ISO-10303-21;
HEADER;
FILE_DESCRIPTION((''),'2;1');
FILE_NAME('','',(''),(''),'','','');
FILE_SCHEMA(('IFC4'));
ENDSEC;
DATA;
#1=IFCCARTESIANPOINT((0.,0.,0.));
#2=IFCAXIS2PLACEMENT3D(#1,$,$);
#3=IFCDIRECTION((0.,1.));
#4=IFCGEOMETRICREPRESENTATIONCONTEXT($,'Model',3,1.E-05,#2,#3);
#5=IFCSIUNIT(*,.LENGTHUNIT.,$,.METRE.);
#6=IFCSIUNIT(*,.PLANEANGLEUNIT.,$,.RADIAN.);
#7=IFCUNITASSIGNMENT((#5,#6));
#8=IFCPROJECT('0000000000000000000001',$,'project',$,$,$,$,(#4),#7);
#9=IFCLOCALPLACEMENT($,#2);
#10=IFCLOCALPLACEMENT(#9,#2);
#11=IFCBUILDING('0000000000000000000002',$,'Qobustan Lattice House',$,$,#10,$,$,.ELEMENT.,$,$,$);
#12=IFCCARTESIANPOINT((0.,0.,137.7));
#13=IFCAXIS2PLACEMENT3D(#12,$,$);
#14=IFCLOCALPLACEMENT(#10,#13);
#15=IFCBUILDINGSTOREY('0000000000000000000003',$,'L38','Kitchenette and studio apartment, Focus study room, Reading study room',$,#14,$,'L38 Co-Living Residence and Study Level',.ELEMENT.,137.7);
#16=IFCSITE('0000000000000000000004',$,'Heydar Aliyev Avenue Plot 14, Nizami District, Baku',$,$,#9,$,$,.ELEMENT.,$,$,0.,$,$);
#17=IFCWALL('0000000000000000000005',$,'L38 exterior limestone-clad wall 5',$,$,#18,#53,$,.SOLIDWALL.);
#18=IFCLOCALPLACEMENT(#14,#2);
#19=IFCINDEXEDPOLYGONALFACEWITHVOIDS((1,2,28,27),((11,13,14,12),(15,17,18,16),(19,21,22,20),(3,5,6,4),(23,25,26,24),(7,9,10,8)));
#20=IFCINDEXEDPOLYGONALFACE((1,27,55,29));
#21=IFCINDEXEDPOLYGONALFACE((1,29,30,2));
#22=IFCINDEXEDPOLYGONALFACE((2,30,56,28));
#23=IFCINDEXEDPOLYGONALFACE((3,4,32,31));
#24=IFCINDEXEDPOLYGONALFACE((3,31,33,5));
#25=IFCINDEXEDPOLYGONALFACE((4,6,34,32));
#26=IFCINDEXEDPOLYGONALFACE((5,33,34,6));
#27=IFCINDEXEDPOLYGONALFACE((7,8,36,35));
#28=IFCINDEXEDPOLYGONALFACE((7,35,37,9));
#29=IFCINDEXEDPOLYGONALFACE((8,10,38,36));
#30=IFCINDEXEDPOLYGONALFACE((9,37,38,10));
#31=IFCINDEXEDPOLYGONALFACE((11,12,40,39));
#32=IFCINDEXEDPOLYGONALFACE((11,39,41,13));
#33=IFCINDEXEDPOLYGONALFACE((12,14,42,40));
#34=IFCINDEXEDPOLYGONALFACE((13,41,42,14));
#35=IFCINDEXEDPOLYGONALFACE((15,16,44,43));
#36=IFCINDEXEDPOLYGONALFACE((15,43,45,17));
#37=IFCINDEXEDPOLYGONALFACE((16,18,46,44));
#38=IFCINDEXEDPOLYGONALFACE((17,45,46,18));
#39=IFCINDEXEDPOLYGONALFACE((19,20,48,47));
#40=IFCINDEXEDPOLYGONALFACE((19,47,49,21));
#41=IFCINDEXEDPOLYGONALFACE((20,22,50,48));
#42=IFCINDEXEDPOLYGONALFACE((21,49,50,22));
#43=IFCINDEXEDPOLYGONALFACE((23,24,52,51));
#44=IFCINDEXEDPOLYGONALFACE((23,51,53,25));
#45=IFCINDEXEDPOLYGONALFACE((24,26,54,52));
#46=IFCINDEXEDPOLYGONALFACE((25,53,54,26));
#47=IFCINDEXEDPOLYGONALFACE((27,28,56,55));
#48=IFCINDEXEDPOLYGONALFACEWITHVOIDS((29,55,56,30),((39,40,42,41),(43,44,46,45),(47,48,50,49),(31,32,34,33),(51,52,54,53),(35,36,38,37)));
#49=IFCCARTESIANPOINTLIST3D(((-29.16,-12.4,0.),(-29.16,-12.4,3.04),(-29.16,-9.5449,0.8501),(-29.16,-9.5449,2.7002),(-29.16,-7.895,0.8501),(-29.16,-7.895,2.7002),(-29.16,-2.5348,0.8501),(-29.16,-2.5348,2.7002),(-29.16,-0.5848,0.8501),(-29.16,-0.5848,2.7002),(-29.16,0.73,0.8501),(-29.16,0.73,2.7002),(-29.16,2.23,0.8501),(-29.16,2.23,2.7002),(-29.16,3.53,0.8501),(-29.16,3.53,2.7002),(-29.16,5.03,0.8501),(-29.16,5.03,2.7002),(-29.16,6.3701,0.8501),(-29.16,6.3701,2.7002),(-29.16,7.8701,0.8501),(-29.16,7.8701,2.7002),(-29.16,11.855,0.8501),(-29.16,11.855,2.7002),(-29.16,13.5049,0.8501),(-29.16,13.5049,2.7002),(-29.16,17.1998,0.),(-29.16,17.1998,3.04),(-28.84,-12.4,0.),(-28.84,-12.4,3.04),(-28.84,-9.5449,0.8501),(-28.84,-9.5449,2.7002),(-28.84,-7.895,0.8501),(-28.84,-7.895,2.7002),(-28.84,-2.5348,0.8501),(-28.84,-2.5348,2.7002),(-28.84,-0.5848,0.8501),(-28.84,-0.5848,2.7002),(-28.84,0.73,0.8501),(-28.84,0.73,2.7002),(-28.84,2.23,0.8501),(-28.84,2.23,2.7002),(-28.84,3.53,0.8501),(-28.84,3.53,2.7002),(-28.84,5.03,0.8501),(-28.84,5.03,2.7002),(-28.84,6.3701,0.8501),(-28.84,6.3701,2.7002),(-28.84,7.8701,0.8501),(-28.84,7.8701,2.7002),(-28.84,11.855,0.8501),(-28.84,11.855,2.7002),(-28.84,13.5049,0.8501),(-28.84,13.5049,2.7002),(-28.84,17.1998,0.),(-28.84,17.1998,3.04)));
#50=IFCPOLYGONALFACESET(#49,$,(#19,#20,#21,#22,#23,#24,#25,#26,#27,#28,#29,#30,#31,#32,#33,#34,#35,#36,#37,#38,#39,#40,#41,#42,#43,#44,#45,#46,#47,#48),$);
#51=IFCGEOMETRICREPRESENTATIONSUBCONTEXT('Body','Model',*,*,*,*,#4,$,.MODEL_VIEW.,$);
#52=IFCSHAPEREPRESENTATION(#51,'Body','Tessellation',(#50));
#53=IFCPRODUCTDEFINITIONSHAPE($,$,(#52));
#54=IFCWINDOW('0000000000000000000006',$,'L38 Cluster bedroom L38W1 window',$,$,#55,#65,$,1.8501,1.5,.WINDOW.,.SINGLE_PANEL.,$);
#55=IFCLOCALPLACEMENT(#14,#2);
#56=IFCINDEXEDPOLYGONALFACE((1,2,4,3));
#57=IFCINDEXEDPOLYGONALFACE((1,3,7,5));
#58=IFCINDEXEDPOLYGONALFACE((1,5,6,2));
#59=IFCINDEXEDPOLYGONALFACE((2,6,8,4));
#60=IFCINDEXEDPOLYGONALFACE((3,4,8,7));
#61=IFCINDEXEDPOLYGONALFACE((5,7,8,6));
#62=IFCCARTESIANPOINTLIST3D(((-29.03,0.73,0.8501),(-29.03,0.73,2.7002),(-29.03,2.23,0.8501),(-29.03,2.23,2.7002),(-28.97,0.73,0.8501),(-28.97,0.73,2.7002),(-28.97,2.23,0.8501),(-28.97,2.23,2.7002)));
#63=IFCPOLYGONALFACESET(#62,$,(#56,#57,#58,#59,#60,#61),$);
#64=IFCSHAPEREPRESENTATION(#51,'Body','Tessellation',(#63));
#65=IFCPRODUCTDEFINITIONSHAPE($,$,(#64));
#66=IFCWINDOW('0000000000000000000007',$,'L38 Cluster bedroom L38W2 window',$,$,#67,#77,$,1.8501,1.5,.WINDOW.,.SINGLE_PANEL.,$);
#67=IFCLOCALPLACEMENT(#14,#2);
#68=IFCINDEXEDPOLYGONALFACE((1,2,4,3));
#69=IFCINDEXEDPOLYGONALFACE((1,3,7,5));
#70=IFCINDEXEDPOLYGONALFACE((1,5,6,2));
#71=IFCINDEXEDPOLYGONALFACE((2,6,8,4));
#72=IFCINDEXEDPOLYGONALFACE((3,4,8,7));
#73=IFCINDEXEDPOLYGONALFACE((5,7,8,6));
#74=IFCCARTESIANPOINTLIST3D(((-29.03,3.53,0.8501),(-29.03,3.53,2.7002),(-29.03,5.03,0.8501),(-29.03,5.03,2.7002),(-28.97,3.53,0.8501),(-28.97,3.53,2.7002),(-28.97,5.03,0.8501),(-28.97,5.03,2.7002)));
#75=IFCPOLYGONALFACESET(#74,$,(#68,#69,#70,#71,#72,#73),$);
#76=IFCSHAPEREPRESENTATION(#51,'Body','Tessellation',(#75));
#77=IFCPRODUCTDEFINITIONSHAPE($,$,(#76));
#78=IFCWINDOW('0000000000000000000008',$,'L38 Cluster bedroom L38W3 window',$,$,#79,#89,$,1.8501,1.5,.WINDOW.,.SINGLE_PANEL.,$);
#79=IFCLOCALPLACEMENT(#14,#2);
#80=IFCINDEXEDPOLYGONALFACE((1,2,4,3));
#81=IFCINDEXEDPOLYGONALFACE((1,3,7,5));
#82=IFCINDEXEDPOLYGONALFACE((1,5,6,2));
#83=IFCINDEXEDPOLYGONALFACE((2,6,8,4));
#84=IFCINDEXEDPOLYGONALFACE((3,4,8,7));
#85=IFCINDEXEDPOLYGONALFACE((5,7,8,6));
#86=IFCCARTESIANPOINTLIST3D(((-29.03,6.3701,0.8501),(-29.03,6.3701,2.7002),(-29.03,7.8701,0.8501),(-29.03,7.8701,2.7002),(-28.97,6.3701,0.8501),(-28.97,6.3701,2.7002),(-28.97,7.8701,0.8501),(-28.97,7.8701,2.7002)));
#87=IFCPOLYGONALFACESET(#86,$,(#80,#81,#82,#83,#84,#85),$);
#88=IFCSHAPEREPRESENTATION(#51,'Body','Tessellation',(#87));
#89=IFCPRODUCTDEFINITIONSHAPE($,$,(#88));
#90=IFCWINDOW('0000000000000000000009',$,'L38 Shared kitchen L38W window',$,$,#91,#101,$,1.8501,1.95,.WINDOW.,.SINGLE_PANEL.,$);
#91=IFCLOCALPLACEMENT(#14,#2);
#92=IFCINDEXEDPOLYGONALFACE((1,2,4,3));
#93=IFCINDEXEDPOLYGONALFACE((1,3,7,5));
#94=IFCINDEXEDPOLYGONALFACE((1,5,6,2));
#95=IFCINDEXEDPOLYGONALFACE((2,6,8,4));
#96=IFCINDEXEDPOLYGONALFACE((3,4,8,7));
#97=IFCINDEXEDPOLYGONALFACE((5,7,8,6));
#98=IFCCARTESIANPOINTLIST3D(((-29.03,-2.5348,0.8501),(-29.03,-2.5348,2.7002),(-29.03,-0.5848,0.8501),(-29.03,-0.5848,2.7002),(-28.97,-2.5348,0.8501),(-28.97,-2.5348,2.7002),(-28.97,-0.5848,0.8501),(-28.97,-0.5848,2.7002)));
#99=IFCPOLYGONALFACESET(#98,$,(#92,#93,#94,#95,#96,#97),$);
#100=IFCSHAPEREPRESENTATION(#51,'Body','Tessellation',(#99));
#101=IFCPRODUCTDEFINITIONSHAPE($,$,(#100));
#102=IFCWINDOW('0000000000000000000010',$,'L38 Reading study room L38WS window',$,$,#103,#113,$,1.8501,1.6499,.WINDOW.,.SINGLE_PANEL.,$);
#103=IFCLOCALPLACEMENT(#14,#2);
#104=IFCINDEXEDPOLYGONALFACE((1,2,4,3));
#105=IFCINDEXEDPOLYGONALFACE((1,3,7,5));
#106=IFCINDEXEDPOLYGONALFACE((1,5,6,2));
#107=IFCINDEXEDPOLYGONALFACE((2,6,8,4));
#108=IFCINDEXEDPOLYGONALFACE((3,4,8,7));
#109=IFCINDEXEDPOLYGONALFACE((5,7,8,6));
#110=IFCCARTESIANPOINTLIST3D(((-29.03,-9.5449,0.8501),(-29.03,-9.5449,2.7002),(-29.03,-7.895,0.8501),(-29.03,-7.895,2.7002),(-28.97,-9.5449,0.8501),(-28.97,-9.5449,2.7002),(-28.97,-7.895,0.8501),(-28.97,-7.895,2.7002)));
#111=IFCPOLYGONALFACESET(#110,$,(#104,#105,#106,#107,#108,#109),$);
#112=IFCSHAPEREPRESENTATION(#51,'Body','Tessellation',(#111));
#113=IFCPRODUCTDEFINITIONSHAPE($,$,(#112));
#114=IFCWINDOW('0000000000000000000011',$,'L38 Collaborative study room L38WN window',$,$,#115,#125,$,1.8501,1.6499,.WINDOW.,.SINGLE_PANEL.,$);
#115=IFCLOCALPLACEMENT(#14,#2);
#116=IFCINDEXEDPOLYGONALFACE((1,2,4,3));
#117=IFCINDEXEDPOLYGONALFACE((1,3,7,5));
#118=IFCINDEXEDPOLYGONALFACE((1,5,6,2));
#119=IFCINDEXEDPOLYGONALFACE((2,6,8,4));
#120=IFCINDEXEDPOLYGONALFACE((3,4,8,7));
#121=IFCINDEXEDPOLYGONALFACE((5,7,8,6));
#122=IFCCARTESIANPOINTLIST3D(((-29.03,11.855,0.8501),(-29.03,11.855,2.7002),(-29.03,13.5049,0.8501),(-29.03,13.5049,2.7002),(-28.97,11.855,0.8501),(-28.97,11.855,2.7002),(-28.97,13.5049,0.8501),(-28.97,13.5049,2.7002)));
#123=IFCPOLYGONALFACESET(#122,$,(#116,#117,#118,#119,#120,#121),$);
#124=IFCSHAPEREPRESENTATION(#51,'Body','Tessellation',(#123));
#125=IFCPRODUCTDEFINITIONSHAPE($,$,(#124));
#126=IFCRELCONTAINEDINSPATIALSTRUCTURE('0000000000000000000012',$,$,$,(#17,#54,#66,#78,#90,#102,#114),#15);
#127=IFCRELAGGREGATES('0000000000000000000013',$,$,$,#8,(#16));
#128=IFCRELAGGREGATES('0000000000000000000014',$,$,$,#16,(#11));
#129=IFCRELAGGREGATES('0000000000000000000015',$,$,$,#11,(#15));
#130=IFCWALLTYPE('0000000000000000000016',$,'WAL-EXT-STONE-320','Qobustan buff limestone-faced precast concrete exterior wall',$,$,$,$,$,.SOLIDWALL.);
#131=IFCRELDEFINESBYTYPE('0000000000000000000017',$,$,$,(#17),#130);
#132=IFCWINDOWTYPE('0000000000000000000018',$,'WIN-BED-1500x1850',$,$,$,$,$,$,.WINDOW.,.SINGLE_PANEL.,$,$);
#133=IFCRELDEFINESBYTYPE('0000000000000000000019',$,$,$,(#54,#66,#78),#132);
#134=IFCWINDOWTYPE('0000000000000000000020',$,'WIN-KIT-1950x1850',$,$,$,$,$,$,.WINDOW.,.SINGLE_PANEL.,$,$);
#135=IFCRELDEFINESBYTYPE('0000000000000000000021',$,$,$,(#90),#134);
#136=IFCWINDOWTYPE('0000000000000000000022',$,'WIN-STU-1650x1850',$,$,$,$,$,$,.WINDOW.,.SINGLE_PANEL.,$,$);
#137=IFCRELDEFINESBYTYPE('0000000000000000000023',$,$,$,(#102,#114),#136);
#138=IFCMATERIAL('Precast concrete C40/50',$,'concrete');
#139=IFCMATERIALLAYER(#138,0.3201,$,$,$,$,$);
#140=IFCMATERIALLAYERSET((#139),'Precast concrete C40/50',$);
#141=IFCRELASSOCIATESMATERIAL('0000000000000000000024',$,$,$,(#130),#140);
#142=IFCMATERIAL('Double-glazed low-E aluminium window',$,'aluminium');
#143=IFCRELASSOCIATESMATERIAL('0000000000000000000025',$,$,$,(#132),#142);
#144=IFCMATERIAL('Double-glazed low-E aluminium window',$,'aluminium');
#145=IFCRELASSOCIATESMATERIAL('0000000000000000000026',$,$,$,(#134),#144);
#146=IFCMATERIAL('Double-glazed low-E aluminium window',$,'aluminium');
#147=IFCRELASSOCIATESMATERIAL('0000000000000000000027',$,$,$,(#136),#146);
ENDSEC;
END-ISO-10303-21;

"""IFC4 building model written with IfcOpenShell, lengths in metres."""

from ifc_helpers import new_model, si_unit, direction, frame, frame_2d, origin, place, context, subcontext, project, spatial, rectangle, extrude, material, layer, layer_set, type_object, element, fill, save


model = new_model("IFC4")

# Units and contexts
model_context = context("Model", 3, precision=1e-05, world=origin(), true_north=direction((0.0, 1.0)))
body_context = subcontext(model_context, "Body", "Model", "MODEL_VIEW")
ifc_project = project(units=[si_unit("LENGTHUNIT", "METRE"), si_unit("PLANEANGLEUNIT", "RADIAN")], contexts=[model_context])

# Site, building, storey
site_placement = place(None, origin())
site = spatial("IfcSite", under=ifc_project, at=site_placement, Name="Heydar Aliyev Avenue Plot 14, Nizami District, Baku", CompositionType="ELEMENT", RefElevation=0.0)
building_placement = place(site_placement, origin())
building = spatial("IfcBuilding", under=site, at=building_placement, Name="Qobustan Lattice House", CompositionType="ELEMENT")
storey_placement = place(building_placement, frame((0.0, 0.0, 137.7)))
storey = spatial("IfcBuildingStorey", under=building, at=storey_placement, Name="L38", Description="Kitchenette and studio apartment, Focus study room, Reading study room", LongName="L38 Co-Living Residence and Study Level", CompositionType="ELEMENT", Elevation=137.7)

# Shared definitions
ifc_material_1 = material(Name="Precast concrete C40/50", Category="concrete")
ifc_layer_1 = layer(ifc_material_1, 0.3201)
ifc_layer_set_1 = layer_set([ifc_layer_1], Name="Precast concrete C40/50")
wall_type = type_object("IfcWallType", Name="WAL-EXT-STONE-320", Description="Qobustan buff limestone-faced precast concrete exterior wall", PredefinedType="SOLIDWALL", material=ifc_layer_set_1)

# Wall, openings, windows
wall_1_placement = place(storey_placement, frame((-29.0, -12.3999, 0.0), z_axis=(0.0, 0.0, 1.0), x_axis=(0.0, 1.0, 0.0)))
wall_1 = element("IfcWall", 1, at=wall_1_placement, inside=storey, type_object=wall_type, Name="L38 exterior limestone-clad wall 5", PredefinedType="SOLIDWALL", context=body_context, shape_type="SweptSolid", body=[
    extrude(rectangle(XDim=29.5999, YDim=0.3201, at=frame_2d((14.7998, 0.0))), origin(), (0.0, 0.0, 1.0), 3.04),
])
opening_1_placement = place(wall_1_placement, frame((2.855, 0.0, 0.8501)))
opening_1 = element("IfcOpeningElement", 2, at=opening_1_placement, cuts=wall_1, PredefinedType="OPENING", context=body_context, shape_type="SweptSolid", body=[
    extrude(rectangle(XDim=1.6499, YDim=1.8501, at=frame_2d((0.825, 0.925))), frame((0.0, 0.1699, 0.0), z_axis=(0.0, -1.0, 0.0), x_axis=(1.0, 0.0, 0.0)), (0.0, 0.0, 1.0), 0.3401),
])
opening_2_placement = place(wall_1_placement, frame((9.865, 0.0, 0.8501)))
opening_2 = element("IfcOpeningElement", 3, at=opening_2_placement, cuts=wall_1, PredefinedType="OPENING", context=body_context, shape_type="SweptSolid", body=[
    extrude(rectangle(XDim=1.95, YDim=1.8501, at=frame_2d((0.9751, 0.925))), frame((0.0, 0.1699, 0.0), z_axis=(0.0, -1.0, 0.0), x_axis=(1.0, 0.0, 0.0)), (0.0, 0.0, 1.0), 0.3401),
])
opening_3_placement = place(wall_1_placement, frame((13.1299, 0.0, 0.8501)))
opening_3 = element("IfcOpeningElement", 4, at=opening_3_placement, cuts=wall_1, PredefinedType="OPENING", context=body_context, shape_type="SweptSolid", body=[
    extrude(rectangle(XDim=1.5, YDim=1.8501, at=frame_2d((0.75, 0.925))), frame((0.0, 0.1699, 0.0), z_axis=(0.0, -1.0, 0.0), x_axis=(1.0, 0.0, 0.0)), (0.0, 0.0, 1.0), 0.3401),
])
opening_4_placement = place(wall_1_placement, frame((15.9299, 0.0, 0.8501)))
opening_4 = element("IfcOpeningElement", 5, at=opening_4_placement, cuts=wall_1, PredefinedType="OPENING", context=body_context, shape_type="SweptSolid", body=[
    extrude(rectangle(XDim=1.5, YDim=1.8501, at=frame_2d((0.75, 0.925))), frame((0.0, 0.1699, 0.0), z_axis=(0.0, -1.0, 0.0), x_axis=(1.0, 0.0, 0.0)), (0.0, 0.0, 1.0), 0.3401),
])
opening_5_placement = place(wall_1_placement, frame((18.77, 0.0, 0.8501)))
opening_5 = element("IfcOpeningElement", 6, at=opening_5_placement, cuts=wall_1, PredefinedType="OPENING", context=body_context, shape_type="SweptSolid", body=[
    extrude(rectangle(XDim=1.5, YDim=1.8501, at=frame_2d((0.75, 0.925))), frame((0.0, 0.1699, 0.0), z_axis=(0.0, -1.0, 0.0), x_axis=(1.0, 0.0, 0.0)), (0.0, 0.0, 1.0), 0.3401),
])
opening_6_placement = place(wall_1_placement, frame((24.2549, 0.0, 0.8501)))
opening_6 = element("IfcOpeningElement", 7, at=opening_6_placement, cuts=wall_1, PredefinedType="OPENING", context=body_context, shape_type="SweptSolid", body=[
    extrude(rectangle(XDim=1.6499, YDim=1.8501, at=frame_2d((0.825, 0.925))), frame((0.0, 0.1699, 0.0), z_axis=(0.0, -1.0, 0.0), x_axis=(1.0, 0.0, 0.0)), (0.0, 0.0, 1.0), 0.3401),
])
ifc_material_2 = material(Name="Double-glazed low-E aluminium window", Category="aluminium")
window_type_1 = type_object("IfcWindowType", Name="WIN-BED-1500x1850", PartitioningType="SINGLE_PANEL", PredefinedType="WINDOW", material=ifc_material_2)
window_1_placement = place(opening_3_placement, origin())
window_1 = element("IfcWindow", 8, at=window_1_placement, inside=storey, type_object=window_type_1, Name="L38 Cluster bedroom L38W1 window", OverallHeight=1.8501, OverallWidth=1.5, PartitioningType="SINGLE_PANEL", PredefinedType="WINDOW", context=body_context, shape_type="SweptSolid", body=[
    extrude(rectangle(XDim=1.5, YDim=1.8501, at=frame_2d((0.75, 0.925))), frame((0.0, 0.03, 0.0), z_axis=(0.0, -1.0, 0.0), x_axis=(1.0, 0.0, 0.0)), (0.0, 0.0, 1.0), 0.0601),
])
fill(opening_3, window_1)
window_2_placement = place(opening_4_placement, origin())
window_2 = element("IfcWindow", 9, at=window_2_placement, inside=storey, type_object=window_type_1, Name="L38 Cluster bedroom L38W2 window", OverallHeight=1.8501, OverallWidth=1.5, PartitioningType="SINGLE_PANEL", PredefinedType="WINDOW", context=body_context, shape_type="SweptSolid", body=[
    extrude(rectangle(XDim=1.5, YDim=1.8501, at=frame_2d((0.75, 0.925))), frame((0.0, 0.03, 0.0), z_axis=(0.0, -1.0, 0.0), x_axis=(1.0, 0.0, 0.0)), (0.0, 0.0, 1.0), 0.0601),
])
fill(opening_4, window_2)
window_3_placement = place(opening_5_placement, origin())
window_3 = element("IfcWindow", 10, at=window_3_placement, inside=storey, type_object=window_type_1, Name="L38 Cluster bedroom L38W3 window", OverallHeight=1.8501, OverallWidth=1.5, PartitioningType="SINGLE_PANEL", PredefinedType="WINDOW", context=body_context, shape_type="SweptSolid", body=[
    extrude(rectangle(XDim=1.5, YDim=1.8501, at=frame_2d((0.75, 0.925))), frame((0.0, 0.03, 0.0), z_axis=(0.0, -1.0, 0.0), x_axis=(1.0, 0.0, 0.0)), (0.0, 0.0, 1.0), 0.0601),
])
fill(opening_5, window_3)
ifc_material_3 = material(Name="Double-glazed low-E aluminium window", Category="aluminium")
window_type_2 = type_object("IfcWindowType", Name="WIN-KIT-1950x1850", PartitioningType="SINGLE_PANEL", PredefinedType="WINDOW", material=ifc_material_3)
window_4_placement = place(opening_2_placement, origin())
window_4 = element("IfcWindow", 11, at=window_4_placement, inside=storey, type_object=window_type_2, Name="L38 Shared kitchen L38W window", OverallHeight=1.8501, OverallWidth=1.95, PartitioningType="SINGLE_PANEL", PredefinedType="WINDOW", context=body_context, shape_type="SweptSolid", body=[
    extrude(rectangle(XDim=1.95, YDim=1.8501, at=frame_2d((0.9751, 0.925))), frame((0.0, 0.03, 0.0), z_axis=(0.0, -1.0, 0.0), x_axis=(1.0, 0.0, 0.0)), (0.0, 0.0, 1.0), 0.0601),
])
fill(opening_2, window_4)
ifc_material_4 = material(Name="Double-glazed low-E aluminium window", Category="aluminium")
window_type_3 = type_object("IfcWindowType", Name="WIN-STU-1650x1850", PartitioningType="SINGLE_PANEL", PredefinedType="WINDOW", material=ifc_material_4)
window_5_placement = place(opening_1_placement, origin())
window_5 = element("IfcWindow", 12, at=window_5_placement, inside=storey, type_object=window_type_3, Name="L38 Reading study room L38WS window", OverallHeight=1.8501, OverallWidth=1.6499, PartitioningType="SINGLE_PANEL", PredefinedType="WINDOW", context=body_context, shape_type="SweptSolid", body=[
    extrude(rectangle(XDim=1.6499, YDim=1.8501, at=frame_2d((0.825, 0.925))), frame((0.0, 0.03, 0.0), z_axis=(0.0, -1.0, 0.0), x_axis=(1.0, 0.0, 0.0)), (0.0, 0.0, 1.0), 0.0601),
])
fill(opening_1, window_5)
window_6_placement = place(opening_6_placement, origin())
window_6 = element("IfcWindow", 13, at=window_6_placement, inside=storey, type_object=window_type_3, Name="L38 Collaborative study room L38WN window", OverallHeight=1.8501, OverallWidth=1.6499, PartitioningType="SINGLE_PANEL", PredefinedType="WINDOW", context=body_context, shape_type="SweptSolid", body=[
    extrude(rectangle(XDim=1.6499, YDim=1.8501, at=frame_2d((0.825, 0.925))), frame((0.0, 0.03, 0.0), z_axis=(0.0, -1.0, 0.0), x_axis=(1.0, 0.0, 0.0)), (0.0, 0.0, 1.0), 0.0601),
])
fill(opening_6, window_6)

save(model, "model.ifc")
